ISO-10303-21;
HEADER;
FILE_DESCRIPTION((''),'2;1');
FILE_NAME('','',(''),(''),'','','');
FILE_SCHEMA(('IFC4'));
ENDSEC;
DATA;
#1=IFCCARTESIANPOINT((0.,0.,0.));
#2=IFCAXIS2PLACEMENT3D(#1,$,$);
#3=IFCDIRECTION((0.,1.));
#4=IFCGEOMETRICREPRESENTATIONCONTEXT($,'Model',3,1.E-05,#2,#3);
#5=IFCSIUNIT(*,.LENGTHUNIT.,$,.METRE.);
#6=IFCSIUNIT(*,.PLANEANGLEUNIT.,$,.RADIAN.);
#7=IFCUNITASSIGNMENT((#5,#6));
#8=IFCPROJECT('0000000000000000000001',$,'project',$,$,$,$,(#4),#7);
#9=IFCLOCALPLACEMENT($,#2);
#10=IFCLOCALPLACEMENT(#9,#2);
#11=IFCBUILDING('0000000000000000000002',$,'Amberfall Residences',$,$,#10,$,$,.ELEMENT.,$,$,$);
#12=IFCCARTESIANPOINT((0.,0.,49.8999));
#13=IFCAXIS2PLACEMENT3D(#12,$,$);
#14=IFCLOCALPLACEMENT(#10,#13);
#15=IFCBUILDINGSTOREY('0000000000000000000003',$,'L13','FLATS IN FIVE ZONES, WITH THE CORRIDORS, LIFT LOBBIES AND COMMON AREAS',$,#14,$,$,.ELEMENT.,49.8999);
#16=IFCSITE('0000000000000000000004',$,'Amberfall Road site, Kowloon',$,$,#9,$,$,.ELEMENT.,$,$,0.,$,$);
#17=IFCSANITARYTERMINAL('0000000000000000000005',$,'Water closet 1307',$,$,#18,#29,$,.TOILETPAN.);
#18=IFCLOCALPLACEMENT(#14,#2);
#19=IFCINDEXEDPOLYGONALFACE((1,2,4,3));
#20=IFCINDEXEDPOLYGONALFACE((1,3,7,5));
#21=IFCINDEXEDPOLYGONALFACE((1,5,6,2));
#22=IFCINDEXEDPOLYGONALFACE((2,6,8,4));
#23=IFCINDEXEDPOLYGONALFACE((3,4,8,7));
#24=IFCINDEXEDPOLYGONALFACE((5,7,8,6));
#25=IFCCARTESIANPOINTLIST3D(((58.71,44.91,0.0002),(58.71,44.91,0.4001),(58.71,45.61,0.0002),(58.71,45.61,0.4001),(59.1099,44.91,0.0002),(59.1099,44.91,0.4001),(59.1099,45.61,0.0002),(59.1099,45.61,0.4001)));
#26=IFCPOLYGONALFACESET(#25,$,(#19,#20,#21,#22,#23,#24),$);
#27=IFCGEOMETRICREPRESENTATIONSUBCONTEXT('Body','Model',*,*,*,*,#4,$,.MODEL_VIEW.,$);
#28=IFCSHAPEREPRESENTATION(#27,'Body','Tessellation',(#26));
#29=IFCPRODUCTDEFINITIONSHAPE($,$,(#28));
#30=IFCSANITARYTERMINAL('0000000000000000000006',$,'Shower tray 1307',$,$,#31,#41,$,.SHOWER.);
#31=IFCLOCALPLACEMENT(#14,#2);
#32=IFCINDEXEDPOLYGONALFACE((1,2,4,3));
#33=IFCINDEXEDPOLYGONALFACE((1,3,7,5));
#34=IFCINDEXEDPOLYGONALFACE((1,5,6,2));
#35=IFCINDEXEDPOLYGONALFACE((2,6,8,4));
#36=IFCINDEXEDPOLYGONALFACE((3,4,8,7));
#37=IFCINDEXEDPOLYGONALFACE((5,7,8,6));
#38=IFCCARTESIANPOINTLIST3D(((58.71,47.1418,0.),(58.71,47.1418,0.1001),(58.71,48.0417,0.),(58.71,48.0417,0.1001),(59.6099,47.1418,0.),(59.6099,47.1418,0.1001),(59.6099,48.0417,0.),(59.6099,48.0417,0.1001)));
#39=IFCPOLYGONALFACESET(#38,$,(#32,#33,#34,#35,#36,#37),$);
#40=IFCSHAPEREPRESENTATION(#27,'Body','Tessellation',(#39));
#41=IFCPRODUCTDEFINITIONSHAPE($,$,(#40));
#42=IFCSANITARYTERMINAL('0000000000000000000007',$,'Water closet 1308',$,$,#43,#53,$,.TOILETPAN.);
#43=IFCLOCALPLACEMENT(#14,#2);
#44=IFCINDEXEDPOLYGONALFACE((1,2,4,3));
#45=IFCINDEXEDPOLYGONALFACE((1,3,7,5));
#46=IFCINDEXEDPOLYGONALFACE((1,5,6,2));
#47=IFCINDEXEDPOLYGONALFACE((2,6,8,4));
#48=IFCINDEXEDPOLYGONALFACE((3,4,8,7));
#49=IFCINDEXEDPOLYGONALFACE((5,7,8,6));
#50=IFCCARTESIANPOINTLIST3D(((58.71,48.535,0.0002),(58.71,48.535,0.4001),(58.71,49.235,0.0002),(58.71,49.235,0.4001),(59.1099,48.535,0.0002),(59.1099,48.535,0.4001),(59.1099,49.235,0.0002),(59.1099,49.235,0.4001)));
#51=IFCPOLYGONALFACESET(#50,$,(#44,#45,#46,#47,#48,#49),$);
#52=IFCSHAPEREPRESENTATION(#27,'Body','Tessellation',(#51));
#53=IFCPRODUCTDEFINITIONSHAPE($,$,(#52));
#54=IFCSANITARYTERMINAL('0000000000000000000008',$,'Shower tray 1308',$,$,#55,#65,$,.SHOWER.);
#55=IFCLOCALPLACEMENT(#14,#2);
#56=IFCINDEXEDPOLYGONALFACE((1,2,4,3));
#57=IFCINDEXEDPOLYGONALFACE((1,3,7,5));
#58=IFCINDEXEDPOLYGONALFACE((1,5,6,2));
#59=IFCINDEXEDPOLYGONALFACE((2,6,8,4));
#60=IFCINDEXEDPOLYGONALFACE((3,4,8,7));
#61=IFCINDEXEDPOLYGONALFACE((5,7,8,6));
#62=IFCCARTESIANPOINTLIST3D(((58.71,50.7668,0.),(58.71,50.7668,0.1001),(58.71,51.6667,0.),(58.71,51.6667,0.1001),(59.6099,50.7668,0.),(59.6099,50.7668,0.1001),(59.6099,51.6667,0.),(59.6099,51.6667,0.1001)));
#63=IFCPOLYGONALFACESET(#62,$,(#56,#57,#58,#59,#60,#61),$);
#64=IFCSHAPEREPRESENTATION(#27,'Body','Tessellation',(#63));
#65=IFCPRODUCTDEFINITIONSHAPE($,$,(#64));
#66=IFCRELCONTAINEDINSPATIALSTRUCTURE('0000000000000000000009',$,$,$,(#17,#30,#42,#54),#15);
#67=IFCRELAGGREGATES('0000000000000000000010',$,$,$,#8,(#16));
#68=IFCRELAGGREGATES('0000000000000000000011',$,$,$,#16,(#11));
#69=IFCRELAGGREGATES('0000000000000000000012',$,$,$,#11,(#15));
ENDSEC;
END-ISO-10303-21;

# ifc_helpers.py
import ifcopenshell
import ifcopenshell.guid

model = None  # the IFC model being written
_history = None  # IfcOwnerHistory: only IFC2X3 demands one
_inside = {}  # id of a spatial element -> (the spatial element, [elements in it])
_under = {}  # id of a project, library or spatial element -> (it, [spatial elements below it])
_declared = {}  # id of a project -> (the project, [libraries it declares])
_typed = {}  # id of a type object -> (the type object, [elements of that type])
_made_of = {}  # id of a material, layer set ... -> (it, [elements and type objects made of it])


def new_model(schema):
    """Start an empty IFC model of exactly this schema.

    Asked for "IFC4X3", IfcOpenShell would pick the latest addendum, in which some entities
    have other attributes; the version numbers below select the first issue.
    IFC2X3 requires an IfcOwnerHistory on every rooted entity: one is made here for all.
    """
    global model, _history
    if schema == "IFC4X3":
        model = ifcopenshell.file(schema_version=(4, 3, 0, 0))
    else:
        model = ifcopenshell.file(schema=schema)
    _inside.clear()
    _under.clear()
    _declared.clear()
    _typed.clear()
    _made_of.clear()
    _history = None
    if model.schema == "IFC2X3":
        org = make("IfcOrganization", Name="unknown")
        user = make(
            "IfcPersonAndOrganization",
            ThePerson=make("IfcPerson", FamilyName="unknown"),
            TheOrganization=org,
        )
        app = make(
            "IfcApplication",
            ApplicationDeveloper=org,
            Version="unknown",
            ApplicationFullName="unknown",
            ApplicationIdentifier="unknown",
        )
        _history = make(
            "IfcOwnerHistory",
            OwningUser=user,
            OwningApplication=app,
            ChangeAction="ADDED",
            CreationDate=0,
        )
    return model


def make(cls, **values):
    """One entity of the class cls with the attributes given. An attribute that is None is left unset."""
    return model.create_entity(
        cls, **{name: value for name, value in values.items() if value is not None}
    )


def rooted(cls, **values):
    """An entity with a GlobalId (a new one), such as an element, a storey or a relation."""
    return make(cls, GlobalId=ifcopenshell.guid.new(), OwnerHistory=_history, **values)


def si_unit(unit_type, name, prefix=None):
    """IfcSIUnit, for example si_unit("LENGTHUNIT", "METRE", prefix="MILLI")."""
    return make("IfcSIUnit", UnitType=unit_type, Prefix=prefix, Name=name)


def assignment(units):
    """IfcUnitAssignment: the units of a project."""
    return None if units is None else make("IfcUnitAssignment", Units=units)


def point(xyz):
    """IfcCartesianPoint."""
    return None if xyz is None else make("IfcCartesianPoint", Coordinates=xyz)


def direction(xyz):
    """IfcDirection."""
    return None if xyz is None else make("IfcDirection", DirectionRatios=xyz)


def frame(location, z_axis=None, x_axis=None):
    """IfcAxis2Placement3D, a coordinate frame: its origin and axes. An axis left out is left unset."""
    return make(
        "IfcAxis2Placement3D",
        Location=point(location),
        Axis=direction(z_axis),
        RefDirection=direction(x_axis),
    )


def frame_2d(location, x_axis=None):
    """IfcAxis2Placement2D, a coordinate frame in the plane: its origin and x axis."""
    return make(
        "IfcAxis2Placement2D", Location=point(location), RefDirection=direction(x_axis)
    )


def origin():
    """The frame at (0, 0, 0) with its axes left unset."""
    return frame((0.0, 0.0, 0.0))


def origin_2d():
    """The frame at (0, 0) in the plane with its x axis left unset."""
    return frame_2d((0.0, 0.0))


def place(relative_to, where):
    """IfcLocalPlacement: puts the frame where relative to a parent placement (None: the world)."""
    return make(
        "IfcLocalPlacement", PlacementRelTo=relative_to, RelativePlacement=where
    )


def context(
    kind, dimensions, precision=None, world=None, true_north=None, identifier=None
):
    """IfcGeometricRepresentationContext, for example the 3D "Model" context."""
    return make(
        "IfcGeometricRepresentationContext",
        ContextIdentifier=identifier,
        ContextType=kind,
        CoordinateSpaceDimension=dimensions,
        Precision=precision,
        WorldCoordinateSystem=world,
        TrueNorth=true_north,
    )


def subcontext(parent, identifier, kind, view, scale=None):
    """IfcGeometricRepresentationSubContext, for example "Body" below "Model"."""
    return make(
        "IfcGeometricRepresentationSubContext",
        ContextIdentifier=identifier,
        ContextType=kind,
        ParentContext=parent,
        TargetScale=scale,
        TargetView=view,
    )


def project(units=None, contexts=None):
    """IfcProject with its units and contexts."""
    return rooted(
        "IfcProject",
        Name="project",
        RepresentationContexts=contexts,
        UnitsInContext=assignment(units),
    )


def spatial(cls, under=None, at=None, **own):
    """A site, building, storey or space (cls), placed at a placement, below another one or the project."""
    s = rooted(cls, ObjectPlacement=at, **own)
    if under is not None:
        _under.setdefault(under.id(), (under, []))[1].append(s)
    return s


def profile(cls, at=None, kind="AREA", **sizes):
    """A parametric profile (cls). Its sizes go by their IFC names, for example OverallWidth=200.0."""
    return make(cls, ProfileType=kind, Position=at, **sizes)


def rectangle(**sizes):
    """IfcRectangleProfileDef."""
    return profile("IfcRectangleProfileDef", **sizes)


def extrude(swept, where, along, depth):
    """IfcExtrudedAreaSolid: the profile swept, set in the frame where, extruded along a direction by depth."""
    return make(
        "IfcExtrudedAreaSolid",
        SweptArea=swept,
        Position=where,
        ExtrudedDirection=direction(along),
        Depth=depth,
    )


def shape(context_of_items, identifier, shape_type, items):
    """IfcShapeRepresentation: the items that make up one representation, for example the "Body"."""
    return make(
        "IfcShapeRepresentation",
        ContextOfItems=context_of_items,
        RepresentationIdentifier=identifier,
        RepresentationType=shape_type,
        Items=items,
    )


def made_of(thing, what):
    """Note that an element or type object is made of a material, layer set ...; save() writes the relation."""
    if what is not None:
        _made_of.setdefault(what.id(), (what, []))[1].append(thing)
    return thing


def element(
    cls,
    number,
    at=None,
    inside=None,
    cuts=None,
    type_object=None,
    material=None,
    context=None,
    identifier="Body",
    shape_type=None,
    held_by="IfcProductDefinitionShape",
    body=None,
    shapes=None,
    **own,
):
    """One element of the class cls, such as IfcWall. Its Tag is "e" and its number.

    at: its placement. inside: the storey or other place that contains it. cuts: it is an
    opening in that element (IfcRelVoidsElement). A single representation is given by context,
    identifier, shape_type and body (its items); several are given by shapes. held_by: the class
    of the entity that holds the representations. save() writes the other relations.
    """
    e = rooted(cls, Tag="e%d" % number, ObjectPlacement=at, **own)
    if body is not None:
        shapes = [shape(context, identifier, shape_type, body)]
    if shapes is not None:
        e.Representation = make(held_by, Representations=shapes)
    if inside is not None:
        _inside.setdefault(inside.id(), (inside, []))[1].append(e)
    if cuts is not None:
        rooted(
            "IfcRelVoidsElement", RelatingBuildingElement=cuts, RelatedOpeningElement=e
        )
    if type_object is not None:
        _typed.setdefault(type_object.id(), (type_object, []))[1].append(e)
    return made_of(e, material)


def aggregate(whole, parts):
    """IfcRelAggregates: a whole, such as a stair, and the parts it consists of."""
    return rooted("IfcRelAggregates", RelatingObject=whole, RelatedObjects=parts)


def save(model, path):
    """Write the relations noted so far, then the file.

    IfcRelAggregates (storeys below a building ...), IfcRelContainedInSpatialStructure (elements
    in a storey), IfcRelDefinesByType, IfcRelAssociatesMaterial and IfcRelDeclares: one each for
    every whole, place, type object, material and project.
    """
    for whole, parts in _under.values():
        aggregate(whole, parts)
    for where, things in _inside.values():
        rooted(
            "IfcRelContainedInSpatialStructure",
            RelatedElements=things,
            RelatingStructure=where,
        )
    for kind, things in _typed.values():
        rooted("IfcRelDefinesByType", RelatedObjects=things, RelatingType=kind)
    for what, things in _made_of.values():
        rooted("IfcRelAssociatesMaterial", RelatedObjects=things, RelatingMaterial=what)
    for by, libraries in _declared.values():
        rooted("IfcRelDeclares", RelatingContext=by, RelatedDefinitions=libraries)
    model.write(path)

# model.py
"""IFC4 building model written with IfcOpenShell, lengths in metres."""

from ifc_helpers import new_model, si_unit, direction, frame, origin, origin_2d, place, context, subcontext, project, spatial, rectangle, extrude, element, save


model = new_model("IFC4")

# Units and contexts
model_context = context("Model", 3, precision=1e-05, world=origin(), true_north=direction((0.0, 1.0)))
body_context = subcontext(model_context, "Body", "Model", "MODEL_VIEW")
ifc_project = project(units=[si_unit("LENGTHUNIT", "METRE"), si_unit("PLANEANGLEUNIT", "RADIAN")], contexts=[model_context])

# Site, building, storey
site_placement = place(None, origin())
site = spatial("IfcSite", under=ifc_project, at=site_placement, Name="Amberfall Road site, Kowloon", CompositionType="ELEMENT", RefElevation=0.0)
building_placement = place(site_placement, origin())
building = spatial("IfcBuilding", under=site, at=building_placement, Name="Amberfall Residences", CompositionType="ELEMENT")
storey_placement = place(building_placement, frame((0.0, 0.0, 49.8999)))
storey = spatial("IfcBuildingStorey", under=building, at=storey_placement, Name="L13", Description="FLATS IN FIVE ZONES, WITH THE CORRIDORS, LIFT LOBBIES AND COMMON AREAS", CompositionType="ELEMENT", Elevation=49.8999)

# Sanitary terminals
sanitary_terminal_1_placement = place(storey_placement, frame((58.9099, 45.26, 0.0002), z_axis=(0.0, 0.0, 1.0), x_axis=(1.0, 0.0, 0.0)))
element("IfcSanitaryTerminal", 1, at=sanitary_terminal_1_placement, inside=storey, Name="Water closet 1307", PredefinedType="TOILETPAN", context=body_context, shape_type="SweptSolid", body=[
    extrude(rectangle(XDim=0.3999, YDim=0.7, at=origin_2d()), origin(), (0.0, 0.0, 1.0), 0.3999),
])
sanitary_terminal_2_placement = place(storey_placement, frame((59.1599, 47.5918, 0.0), z_axis=(0.0, 0.0, 1.0), x_axis=(1.0, 0.0, 0.0)))
element("IfcSanitaryTerminal", 2, at=sanitary_terminal_2_placement, inside=storey, Name="Shower tray 1307", PredefinedType="SHOWER", context=body_context, shape_type="SweptSolid", body=[
    extrude(rectangle(XDim=0.8999, YDim=0.8999, at=origin_2d()), origin(), (0.0, 0.0, 1.0), 0.1001),
])
sanitary_terminal_3_placement = place(storey_placement, frame((58.9099, 48.885, 0.0002), z_axis=(0.0, 0.0, 1.0), x_axis=(1.0, 0.0, 0.0)))
element("IfcSanitaryTerminal", 3, at=sanitary_terminal_3_placement, inside=storey, Name="Water closet 1308", PredefinedType="TOILETPAN", context=body_context, shape_type="SweptSolid", body=[
    extrude(rectangle(XDim=0.3999, YDim=0.7, at=origin_2d()), origin(), (0.0, 0.0, 1.0), 0.3999),
])
sanitary_terminal_4_placement = place(storey_placement, frame((59.1599, 51.2168, 0.0), z_axis=(0.0, 0.0, 1.0), x_axis=(1.0, 0.0, 0.0)))
element("IfcSanitaryTerminal", 4, at=sanitary_terminal_4_placement, inside=storey, Name="Shower tray 1308", PredefinedType="SHOWER", context=body_context, shape_type="SweptSolid", body=[
    extrude(rectangle(XDim=0.8999, YDim=0.8999, at=origin_2d()), origin(), (0.0, 0.0, 1.0), 0.1001),
])

save(model, "model.ifc")
